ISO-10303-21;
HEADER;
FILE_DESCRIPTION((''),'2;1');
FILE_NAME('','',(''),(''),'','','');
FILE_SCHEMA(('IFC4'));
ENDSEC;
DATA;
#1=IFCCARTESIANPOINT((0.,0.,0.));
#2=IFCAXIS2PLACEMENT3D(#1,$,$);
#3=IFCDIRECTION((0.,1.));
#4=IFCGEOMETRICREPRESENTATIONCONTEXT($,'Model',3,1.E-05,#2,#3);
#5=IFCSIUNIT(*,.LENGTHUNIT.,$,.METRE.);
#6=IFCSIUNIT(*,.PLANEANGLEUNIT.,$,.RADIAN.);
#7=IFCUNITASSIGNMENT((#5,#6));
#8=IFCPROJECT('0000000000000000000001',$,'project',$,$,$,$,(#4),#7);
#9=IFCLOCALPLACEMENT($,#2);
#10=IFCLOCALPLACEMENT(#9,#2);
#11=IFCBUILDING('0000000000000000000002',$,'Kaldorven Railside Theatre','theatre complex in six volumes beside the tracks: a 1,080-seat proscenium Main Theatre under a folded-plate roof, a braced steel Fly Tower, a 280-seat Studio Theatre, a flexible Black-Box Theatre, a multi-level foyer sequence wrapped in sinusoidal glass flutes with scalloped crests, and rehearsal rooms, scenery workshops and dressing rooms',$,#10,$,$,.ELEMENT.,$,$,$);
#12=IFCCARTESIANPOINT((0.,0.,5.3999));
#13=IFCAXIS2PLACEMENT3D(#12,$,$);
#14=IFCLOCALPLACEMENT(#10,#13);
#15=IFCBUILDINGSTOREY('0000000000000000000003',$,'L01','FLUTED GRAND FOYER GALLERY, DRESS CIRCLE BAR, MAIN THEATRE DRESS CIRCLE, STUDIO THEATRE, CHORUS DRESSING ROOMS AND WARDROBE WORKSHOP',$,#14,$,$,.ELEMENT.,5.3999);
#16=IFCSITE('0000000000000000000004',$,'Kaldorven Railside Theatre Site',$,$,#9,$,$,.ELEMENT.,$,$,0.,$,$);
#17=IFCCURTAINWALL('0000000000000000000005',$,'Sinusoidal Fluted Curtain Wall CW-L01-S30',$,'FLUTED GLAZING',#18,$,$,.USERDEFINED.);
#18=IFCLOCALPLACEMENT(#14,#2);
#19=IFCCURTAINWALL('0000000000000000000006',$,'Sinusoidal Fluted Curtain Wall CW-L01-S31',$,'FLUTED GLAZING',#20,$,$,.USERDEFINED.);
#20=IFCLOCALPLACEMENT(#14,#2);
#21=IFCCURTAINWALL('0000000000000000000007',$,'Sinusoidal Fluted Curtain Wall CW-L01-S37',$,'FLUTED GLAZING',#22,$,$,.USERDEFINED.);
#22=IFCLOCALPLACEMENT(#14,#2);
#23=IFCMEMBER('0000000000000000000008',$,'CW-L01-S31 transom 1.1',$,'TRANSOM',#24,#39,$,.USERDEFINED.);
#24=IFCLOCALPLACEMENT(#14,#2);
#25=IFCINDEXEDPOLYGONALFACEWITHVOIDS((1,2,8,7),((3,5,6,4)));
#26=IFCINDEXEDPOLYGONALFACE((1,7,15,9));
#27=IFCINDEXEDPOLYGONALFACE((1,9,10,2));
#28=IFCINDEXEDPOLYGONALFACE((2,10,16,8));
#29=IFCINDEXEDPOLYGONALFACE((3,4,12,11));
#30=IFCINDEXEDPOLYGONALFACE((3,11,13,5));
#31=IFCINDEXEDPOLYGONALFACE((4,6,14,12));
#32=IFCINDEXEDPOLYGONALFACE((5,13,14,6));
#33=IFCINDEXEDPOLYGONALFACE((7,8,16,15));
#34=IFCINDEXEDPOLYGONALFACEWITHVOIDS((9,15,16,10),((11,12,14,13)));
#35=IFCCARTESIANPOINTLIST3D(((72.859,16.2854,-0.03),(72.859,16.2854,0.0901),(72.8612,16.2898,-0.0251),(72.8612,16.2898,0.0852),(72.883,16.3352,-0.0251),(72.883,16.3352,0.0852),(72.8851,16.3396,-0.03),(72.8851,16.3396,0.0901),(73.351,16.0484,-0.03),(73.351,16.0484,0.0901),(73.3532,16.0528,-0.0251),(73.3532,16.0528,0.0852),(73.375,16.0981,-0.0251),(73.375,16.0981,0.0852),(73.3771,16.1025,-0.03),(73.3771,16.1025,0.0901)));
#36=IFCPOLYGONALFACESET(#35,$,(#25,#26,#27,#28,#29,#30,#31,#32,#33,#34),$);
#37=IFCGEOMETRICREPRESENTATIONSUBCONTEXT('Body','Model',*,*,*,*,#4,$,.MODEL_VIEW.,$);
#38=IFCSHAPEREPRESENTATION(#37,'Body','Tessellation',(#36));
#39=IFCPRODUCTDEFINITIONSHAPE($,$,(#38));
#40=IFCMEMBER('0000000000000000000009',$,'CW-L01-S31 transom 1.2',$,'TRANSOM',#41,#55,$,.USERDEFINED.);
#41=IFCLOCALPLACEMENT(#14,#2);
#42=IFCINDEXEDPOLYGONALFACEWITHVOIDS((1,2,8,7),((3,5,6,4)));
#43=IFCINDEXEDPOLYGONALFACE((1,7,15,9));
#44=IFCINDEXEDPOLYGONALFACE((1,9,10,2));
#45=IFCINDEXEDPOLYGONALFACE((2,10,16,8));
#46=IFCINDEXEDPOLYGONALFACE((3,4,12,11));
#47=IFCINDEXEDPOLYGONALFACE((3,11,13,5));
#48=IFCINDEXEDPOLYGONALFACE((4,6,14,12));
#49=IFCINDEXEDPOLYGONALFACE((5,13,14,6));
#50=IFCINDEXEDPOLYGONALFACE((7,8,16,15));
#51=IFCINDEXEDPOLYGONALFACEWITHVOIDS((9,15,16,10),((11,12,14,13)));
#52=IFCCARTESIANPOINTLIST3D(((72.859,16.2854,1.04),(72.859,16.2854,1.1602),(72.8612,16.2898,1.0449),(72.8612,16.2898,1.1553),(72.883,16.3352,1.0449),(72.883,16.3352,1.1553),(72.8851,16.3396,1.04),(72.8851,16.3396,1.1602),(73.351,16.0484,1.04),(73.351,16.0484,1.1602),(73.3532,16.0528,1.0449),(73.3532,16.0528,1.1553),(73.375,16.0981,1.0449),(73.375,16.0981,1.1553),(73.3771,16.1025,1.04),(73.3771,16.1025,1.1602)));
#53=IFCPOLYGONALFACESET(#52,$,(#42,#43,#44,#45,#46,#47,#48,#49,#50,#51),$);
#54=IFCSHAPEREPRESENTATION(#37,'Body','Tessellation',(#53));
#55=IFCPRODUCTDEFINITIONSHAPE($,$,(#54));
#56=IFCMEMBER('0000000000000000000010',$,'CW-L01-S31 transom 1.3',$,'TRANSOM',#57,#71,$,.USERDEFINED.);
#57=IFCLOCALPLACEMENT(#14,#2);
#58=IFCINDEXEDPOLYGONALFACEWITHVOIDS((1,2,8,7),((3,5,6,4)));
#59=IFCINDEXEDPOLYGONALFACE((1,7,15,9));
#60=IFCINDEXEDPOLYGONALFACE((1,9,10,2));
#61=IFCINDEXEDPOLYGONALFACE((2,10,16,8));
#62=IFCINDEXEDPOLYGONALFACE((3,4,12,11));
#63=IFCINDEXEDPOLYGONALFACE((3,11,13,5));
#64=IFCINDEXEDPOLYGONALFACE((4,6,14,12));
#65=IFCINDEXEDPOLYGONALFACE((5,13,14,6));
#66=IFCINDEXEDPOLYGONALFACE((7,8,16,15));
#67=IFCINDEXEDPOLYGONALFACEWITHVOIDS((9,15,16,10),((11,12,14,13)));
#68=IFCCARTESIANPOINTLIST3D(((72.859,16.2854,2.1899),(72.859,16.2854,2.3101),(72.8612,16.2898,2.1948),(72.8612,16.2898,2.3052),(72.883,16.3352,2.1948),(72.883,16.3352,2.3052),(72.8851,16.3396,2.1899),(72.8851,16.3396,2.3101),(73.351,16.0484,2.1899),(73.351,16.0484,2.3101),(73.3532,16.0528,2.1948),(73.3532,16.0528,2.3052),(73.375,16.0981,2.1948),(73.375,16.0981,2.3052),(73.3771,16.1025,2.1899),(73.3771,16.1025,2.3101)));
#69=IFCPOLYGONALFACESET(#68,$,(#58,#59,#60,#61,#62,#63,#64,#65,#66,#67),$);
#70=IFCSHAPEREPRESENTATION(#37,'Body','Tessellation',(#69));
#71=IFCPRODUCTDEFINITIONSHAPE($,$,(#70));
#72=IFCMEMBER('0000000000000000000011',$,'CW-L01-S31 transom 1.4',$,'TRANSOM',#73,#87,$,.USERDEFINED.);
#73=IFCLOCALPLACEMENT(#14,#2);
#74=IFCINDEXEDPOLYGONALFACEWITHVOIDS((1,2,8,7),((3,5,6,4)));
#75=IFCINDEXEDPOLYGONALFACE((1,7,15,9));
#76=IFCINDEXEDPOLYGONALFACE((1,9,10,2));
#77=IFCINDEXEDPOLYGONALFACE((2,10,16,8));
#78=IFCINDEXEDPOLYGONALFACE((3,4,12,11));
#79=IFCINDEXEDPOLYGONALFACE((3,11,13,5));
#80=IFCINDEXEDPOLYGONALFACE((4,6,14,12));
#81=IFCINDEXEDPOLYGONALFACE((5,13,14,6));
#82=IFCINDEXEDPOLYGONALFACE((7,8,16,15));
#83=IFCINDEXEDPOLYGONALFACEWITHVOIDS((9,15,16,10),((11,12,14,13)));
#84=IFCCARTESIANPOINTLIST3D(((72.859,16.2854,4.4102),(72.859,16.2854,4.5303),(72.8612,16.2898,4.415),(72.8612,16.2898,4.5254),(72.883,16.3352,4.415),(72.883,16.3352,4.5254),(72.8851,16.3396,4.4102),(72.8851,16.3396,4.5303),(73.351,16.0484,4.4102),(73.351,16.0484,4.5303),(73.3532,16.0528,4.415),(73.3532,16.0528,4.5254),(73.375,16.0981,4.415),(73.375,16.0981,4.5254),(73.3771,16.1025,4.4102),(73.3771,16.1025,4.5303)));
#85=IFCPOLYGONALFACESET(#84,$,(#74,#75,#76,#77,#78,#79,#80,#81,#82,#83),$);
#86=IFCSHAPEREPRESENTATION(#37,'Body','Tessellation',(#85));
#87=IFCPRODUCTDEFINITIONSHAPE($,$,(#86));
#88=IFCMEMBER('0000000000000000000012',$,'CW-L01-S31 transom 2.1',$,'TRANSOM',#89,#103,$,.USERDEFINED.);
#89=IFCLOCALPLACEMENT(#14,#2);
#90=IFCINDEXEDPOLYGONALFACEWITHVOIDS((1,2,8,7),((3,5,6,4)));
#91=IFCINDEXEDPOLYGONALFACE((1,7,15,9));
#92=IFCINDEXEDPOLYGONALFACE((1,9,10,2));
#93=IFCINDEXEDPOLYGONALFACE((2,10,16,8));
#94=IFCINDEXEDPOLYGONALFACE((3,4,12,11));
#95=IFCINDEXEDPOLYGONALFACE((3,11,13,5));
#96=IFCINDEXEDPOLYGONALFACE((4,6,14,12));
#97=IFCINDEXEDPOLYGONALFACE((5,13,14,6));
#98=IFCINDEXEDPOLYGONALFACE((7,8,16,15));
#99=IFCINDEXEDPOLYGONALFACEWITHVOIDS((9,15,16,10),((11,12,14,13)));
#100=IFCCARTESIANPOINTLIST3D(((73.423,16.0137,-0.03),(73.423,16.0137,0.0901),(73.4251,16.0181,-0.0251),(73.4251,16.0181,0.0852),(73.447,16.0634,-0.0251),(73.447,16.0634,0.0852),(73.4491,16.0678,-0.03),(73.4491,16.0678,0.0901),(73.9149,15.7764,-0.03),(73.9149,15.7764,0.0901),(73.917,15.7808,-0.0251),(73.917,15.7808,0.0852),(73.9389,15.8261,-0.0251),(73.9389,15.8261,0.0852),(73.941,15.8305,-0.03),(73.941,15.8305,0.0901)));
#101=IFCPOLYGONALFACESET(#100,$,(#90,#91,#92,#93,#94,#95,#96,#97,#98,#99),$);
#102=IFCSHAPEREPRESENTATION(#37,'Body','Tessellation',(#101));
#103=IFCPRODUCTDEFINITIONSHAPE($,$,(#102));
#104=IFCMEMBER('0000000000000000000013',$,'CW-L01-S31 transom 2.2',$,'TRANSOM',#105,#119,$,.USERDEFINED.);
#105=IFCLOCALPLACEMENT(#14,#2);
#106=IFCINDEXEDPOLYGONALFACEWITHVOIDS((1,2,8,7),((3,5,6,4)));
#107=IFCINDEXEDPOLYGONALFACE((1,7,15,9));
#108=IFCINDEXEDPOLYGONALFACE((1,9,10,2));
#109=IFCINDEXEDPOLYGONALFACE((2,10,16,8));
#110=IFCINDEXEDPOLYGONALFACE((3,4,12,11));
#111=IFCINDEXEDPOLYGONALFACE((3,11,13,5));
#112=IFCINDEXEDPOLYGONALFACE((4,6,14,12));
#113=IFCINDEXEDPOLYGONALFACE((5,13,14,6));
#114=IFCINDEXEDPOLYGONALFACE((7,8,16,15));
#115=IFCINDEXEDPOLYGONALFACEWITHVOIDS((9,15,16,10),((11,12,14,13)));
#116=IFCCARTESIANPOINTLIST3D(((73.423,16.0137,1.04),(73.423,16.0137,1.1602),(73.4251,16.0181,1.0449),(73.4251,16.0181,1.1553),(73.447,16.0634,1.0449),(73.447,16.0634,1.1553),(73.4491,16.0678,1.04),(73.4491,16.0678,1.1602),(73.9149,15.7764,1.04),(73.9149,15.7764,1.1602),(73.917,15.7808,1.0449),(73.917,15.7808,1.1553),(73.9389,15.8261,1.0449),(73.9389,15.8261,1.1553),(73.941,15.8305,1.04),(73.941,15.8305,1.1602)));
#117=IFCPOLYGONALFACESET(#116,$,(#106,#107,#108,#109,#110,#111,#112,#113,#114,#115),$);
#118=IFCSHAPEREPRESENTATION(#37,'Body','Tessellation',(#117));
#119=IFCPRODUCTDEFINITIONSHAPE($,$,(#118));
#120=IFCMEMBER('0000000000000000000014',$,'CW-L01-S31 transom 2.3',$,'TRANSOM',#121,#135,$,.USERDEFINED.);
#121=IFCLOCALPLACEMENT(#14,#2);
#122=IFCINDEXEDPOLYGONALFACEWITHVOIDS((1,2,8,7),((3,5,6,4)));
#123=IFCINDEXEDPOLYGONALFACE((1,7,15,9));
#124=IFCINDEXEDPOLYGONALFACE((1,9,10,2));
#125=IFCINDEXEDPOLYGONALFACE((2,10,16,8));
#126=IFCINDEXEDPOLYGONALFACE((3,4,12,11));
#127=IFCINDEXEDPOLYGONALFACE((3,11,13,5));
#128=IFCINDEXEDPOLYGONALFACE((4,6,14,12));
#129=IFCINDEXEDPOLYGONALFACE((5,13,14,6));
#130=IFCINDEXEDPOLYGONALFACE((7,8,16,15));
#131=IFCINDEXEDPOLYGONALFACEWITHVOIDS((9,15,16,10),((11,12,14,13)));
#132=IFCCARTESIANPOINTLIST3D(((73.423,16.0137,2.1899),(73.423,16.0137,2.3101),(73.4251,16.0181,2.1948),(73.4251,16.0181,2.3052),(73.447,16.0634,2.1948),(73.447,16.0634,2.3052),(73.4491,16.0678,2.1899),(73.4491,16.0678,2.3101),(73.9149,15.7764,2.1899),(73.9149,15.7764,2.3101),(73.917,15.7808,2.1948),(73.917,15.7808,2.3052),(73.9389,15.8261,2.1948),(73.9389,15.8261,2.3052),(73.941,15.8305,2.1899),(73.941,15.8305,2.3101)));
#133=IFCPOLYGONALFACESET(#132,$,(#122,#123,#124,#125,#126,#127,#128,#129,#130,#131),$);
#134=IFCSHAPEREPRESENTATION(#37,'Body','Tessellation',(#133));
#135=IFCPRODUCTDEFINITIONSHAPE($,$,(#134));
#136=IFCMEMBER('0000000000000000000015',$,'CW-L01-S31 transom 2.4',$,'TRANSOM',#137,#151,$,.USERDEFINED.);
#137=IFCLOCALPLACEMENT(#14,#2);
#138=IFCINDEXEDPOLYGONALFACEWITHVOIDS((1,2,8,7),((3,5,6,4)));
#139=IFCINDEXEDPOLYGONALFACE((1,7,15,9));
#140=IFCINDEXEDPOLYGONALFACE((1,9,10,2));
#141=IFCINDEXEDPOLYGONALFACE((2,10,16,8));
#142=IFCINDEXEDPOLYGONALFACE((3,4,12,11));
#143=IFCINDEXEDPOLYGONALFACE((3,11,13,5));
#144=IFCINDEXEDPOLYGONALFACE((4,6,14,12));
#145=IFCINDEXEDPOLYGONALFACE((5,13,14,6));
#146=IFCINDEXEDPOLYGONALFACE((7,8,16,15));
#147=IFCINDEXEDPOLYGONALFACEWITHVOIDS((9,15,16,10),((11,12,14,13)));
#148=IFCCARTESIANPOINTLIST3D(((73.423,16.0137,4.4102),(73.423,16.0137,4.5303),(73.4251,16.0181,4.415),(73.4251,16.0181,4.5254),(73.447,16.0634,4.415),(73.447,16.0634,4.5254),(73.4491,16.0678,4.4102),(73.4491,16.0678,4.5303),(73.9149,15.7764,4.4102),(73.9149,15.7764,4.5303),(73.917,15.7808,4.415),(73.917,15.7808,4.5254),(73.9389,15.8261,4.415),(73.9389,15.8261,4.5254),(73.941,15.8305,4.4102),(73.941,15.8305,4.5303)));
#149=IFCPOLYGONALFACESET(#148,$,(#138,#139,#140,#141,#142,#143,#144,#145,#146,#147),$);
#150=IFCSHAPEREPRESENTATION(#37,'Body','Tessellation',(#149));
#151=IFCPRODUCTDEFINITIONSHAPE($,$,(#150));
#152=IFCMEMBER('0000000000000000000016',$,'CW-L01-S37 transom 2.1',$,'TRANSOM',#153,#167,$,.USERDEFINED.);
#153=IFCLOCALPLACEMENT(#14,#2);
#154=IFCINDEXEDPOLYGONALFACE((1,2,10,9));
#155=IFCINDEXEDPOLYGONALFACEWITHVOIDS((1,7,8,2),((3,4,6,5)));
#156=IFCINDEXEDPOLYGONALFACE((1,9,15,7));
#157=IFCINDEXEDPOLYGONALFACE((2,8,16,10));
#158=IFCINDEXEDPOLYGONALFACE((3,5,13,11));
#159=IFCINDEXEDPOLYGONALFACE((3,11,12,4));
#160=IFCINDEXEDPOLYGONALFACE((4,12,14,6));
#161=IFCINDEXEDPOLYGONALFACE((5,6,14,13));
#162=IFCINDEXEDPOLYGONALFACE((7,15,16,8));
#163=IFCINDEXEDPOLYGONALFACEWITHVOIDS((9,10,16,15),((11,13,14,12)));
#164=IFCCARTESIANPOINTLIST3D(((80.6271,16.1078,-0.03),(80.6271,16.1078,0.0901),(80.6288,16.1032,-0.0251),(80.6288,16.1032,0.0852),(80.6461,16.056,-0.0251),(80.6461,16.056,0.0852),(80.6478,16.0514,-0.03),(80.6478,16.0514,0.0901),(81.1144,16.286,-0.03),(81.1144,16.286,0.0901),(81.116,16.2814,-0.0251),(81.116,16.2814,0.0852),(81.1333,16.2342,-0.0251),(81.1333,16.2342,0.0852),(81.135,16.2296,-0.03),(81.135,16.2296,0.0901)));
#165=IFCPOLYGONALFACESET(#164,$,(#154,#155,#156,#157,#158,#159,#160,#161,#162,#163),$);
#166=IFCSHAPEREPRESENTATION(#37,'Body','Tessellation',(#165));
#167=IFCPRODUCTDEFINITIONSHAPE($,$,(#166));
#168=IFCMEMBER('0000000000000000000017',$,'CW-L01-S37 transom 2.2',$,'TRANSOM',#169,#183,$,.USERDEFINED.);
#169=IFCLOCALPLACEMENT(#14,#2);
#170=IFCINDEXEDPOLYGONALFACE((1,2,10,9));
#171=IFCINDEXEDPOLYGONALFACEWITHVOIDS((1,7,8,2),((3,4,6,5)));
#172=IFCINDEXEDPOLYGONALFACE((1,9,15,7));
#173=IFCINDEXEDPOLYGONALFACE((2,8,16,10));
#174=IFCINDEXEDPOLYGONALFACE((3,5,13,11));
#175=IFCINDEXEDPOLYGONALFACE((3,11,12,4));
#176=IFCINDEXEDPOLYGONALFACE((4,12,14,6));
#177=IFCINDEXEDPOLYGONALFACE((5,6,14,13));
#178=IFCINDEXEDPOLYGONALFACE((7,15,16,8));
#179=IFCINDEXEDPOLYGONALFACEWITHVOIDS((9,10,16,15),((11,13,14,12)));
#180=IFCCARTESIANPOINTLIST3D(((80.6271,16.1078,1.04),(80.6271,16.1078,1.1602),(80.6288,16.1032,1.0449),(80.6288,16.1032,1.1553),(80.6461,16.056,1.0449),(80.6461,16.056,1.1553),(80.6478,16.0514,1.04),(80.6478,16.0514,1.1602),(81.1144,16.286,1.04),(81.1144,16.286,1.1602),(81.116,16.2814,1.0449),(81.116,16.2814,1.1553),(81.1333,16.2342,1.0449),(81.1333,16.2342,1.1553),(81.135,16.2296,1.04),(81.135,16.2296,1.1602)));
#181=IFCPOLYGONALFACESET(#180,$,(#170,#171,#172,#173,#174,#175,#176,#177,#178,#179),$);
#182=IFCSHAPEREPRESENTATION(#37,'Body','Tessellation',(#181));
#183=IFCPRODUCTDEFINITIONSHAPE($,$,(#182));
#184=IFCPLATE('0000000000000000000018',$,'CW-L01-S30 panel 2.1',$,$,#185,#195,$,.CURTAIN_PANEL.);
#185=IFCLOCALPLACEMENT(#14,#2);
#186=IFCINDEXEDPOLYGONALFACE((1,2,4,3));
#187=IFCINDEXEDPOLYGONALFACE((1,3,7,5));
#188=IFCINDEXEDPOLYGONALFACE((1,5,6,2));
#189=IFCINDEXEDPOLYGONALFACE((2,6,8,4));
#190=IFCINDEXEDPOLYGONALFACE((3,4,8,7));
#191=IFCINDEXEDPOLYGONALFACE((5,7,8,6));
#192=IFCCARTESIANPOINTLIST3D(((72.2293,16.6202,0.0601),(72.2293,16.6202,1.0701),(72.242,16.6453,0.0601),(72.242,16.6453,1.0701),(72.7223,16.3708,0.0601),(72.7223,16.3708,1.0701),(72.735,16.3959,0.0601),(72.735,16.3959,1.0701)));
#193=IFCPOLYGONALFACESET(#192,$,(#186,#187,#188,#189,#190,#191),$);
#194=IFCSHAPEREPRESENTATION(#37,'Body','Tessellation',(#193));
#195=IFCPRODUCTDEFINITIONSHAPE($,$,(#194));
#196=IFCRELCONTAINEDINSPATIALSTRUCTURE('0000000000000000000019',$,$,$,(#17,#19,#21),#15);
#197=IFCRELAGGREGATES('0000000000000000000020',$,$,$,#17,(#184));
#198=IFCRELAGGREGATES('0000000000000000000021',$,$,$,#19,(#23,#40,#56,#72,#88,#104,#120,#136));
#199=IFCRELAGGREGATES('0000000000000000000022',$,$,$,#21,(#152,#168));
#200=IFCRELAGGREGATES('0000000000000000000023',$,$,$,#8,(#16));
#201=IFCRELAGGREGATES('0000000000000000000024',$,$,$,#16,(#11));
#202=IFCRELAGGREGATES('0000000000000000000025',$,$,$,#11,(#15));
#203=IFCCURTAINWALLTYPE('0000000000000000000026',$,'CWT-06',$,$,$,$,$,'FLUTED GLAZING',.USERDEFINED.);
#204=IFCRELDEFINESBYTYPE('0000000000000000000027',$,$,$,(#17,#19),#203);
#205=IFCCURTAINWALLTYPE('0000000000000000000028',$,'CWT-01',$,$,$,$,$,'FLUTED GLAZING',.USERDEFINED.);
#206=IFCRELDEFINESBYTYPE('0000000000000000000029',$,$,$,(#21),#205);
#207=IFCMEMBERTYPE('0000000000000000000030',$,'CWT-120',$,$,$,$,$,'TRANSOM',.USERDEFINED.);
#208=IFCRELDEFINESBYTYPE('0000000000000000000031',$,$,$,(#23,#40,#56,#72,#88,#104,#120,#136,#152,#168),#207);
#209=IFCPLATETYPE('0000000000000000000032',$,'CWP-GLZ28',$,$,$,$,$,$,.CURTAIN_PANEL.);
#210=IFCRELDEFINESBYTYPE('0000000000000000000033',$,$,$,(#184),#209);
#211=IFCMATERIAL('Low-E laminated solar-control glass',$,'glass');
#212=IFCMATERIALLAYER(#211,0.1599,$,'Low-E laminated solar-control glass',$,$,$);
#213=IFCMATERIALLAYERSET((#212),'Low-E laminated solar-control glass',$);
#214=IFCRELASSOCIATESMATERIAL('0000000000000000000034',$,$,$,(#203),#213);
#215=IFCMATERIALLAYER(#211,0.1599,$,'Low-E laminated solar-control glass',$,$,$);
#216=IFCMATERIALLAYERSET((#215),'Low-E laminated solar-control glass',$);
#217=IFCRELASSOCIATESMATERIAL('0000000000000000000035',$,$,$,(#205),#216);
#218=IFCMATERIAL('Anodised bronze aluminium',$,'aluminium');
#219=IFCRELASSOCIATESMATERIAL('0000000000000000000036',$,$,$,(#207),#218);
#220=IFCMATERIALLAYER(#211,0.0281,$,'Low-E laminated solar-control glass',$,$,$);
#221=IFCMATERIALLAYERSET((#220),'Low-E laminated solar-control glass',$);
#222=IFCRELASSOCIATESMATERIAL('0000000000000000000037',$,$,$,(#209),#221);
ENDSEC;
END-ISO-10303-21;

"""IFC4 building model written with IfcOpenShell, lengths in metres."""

from ifc_helpers import new_model, si_unit, direction, frame, origin, origin_2d, place, context, subcontext, project, spatial, rectangle, hollow_rectangle, extrude, material, layer, layer_set, material_profile, profile_set, type_object, element, aggregate, save


model = new_model("IFC4")

# Units and contexts
model_context = context("Model", 3, precision=1e-05, world=origin(), true_north=direction((0.0, 1.0)))
body_context = subcontext(model_context, "Body", "Model", "MODEL_VIEW")
ifc_project = project(units=[si_unit("LENGTHUNIT", "METRE"), si_unit("PLANEANGLEUNIT", "RADIAN")], contexts=[model_context])

# Site, building, storey
site_placement = place(None, origin())
site = spatial("IfcSite", under=ifc_project, at=site_placement, Name="Kaldorven Railside Theatre Site", CompositionType="ELEMENT", RefElevation=0.0)
building_placement = place(site_placement, origin())
building = spatial("IfcBuilding", under=site, at=building_placement, Name="Kaldorven Railside Theatre", Description="theatre complex in six volumes beside the tracks: a 1,080-seat proscenium Main Theatre under a folded-plate roof, a braced steel Fly Tower, a 280-seat Studio Theatre, a flexible Black-Box Theatre, a multi-level foyer sequence wrapped in sinusoidal glass flutes with scalloped crests, and rehearsal rooms, scenery workshops and dressing rooms", CompositionType="ELEMENT")
storey_placement = place(building_placement, frame((0.0, 0.0, 5.3999)))
storey = spatial("IfcBuildingStorey", under=building, at=storey_placement, Name="L01", Description="FLUTED GRAND FOYER GALLERY, DRESS CIRCLE BAR, MAIN THEATRE DRESS CIRCLE, STUDIO THEATRE, CHORUS DRESSING ROOMS AND WARDROBE WORKSHOP", CompositionType="ELEMENT", Elevation=5.3999)

# Curtain wall
ifc_material_1 = material(Name="Low-E laminated solar-control glass", Category="glass")
ifc_layer_1 = layer(ifc_material_1, 0.1599, Name="Low-E laminated solar-control glass")
ifc_layer_set_1 = layer_set([ifc_layer_1], Name="Low-E laminated solar-control glass")
curtain_wall_type_1 = type_object("IfcCurtainWallType", Name="CWT-06", ElementType="FLUTED GLAZING", PredefinedType="USERDEFINED", material=ifc_layer_set_1)
curtain_wall_1_placement = place(storey_placement, origin())
curtain_wall_1 = element("IfcCurtainWall", 1, at=curtain_wall_1_placement, inside=storey, type_object=curtain_wall_type_1, Name="Sinusoidal Fluted Curtain Wall CW-L01-S30", ObjectType="FLUTED GLAZING", PredefinedType="USERDEFINED")
ifc_material_2 = material(Name="Anodised bronze aluminium", Category="aluminium")

# Curtain wall
curtain_wall_2_placement = place(storey_placement, origin())
curtain_wall_2 = element("IfcCurtainWall", 2, at=curtain_wall_2_placement, inside=storey, type_object=curtain_wall_type_1, Name="Sinusoidal Fluted Curtain Wall CW-L01-S31", ObjectType="FLUTED GLAZING", PredefinedType="USERDEFINED")

# Curtain wall
ifc_layer_2 = layer(ifc_material_1, 0.1599, Name="Low-E laminated solar-control glass")
ifc_layer_set_2 = layer_set([ifc_layer_2], Name="Low-E laminated solar-control glass")
curtain_wall_type_2 = type_object("IfcCurtainWallType", Name="CWT-01", ElementType="FLUTED GLAZING", PredefinedType="USERDEFINED", material=ifc_layer_set_2)
curtain_wall_3_placement = place(storey_placement, origin())
curtain_wall_3 = element("IfcCurtainWall", 3, at=curtain_wall_3_placement, inside=storey, type_object=curtain_wall_type_2, Name="Sinusoidal Fluted Curtain Wall CW-L01-S37", ObjectType="FLUTED GLAZING", PredefinedType="USERDEFINED")

# Members
ifc_material_profile_1 = material_profile(ifc_material_2, hollow_rectangle(XDim=0.0601, YDim=0.1201, WallThickness=0.0049, at=origin_2d()), Name="RHS 120x60x5")
ifc_profile_set_1 = profile_set([ifc_material_profile_1], Name="Anodised bronze aluminium")
member_type_1 = type_object("IfcMemberType", Name="CWT-120", ElementType="TRANSOM", PredefinedType="USERDEFINED", material=ifc_profile_set_1)
member_1_placement = place(storey_placement, frame((72.8721, 16.3125, 0.03), z_axis=(0.900859, -0.434111, 0.0), x_axis=(0.434111, 0.900859, 0.0)))
member_1 = element("IfcMember", 4, at=member_1_placement, type_object=member_type_1, Name="CW-L01-S31 transom 1.1", ObjectType="TRANSOM", PredefinedType="USERDEFINED", context=body_context, shape_type="SweptSolid", body=[
    extrude(hollow_rectangle(XDim=0.0601, YDim=0.1201, WallThickness=0.0049, at=origin_2d()), origin(), (0.0, 0.0, 1.0), 0.5461),
])
member_2_placement = place(storey_placement, frame((72.8721, 16.3125, 1.1001), z_axis=(0.900859, -0.434111, 0.0), x_axis=(0.434111, 0.900859, 0.0)))
member_2 = element("IfcMember", 5, at=member_2_placement, type_object=member_type_1, Name="CW-L01-S31 transom 1.2", ObjectType="TRANSOM", PredefinedType="USERDEFINED", context=body_context, shape_type="SweptSolid", body=[
    extrude(hollow_rectangle(XDim=0.0601, YDim=0.1201, WallThickness=0.0049, at=origin_2d()), origin(), (0.0, 0.0, 1.0), 0.5461),
])
member_3_placement = place(storey_placement, frame((72.8721, 16.3125, 2.25), z_axis=(0.900859, -0.434111, 0.0), x_axis=(0.434111, 0.900859, 0.0)))
member_3 = element("IfcMember", 6, at=member_3_placement, type_object=member_type_1, Name="CW-L01-S31 transom 1.3", ObjectType="TRANSOM", PredefinedType="USERDEFINED", context=body_context, shape_type="SweptSolid", body=[
    extrude(hollow_rectangle(XDim=0.0601, YDim=0.1201, WallThickness=0.0049, at=origin_2d()), origin(), (0.0, 0.0, 1.0), 0.5461),
])
member_4_placement = place(storey_placement, frame((72.8721, 16.3125, 4.4702), z_axis=(0.900859, -0.434111, 0.0), x_axis=(0.434111, 0.900859, 0.0)))
member_4 = element("IfcMember", 7, at=member_4_placement, type_object=member_type_1, Name="CW-L01-S31 transom 1.4", ObjectType="TRANSOM", PredefinedType="USERDEFINED", context=body_context, shape_type="SweptSolid", body=[
    extrude(hollow_rectangle(XDim=0.0601, YDim=0.1201, WallThickness=0.0049, at=origin_2d()), origin(), (0.0, 0.0, 1.0), 0.5461),
])
member_5_placement = place(storey_placement, frame((73.436, 16.0408, 0.03), z_axis=(0.900684, -0.434474, 0.0), x_axis=(0.434474, 0.900684, 0.0)))
member_5 = element("IfcMember", 8, at=member_5_placement, type_object=member_type_1, Name="CW-L01-S31 transom 2.1", ObjectType="TRANSOM", PredefinedType="USERDEFINED", context=body_context, shape_type="SweptSolid", body=[
    extrude(hollow_rectangle(XDim=0.0601, YDim=0.1201, WallThickness=0.0049, at=origin_2d()), origin(), (0.0, 0.0, 1.0), 0.5461),
])
member_6_placement = place(storey_placement, frame((73.436, 16.0408, 1.1001), z_axis=(0.900684, -0.434474, 0.0), x_axis=(0.434474, 0.900684, 0.0)))
member_6 = element("IfcMember", 9, at=member_6_placement, type_object=member_type_1, Name="CW-L01-S31 transom 2.2", ObjectType="TRANSOM", PredefinedType="USERDEFINED", context=body_context, shape_type="SweptSolid", body=[
    extrude(hollow_rectangle(XDim=0.0601, YDim=0.1201, WallThickness=0.0049, at=origin_2d()), origin(), (0.0, 0.0, 1.0), 0.5461),
])
member_7_placement = place(storey_placement, frame((73.436, 16.0408, 2.25), z_axis=(0.900684, -0.434474, 0.0), x_axis=(0.434474, 0.900684, 0.0)))
member_7 = element("IfcMember", 10, at=member_7_placement, type_object=member_type_1, Name="CW-L01-S31 transom 2.3", ObjectType="TRANSOM", PredefinedType="USERDEFINED", context=body_context, shape_type="SweptSolid", body=[
    extrude(hollow_rectangle(XDim=0.0601, YDim=0.1201, WallThickness=0.0049, at=origin_2d()), origin(), (0.0, 0.0, 1.0), 0.5461),
])
member_8_placement = place(storey_placement, frame((73.436, 16.0408, 4.4702), z_axis=(0.900684, -0.434474, 0.0), x_axis=(0.434474, 0.900684, 0.0)))
member_8 = element("IfcMember", 11, at=member_8_placement, type_object=member_type_1, Name="CW-L01-S31 transom 2.4", ObjectType="TRANSOM", PredefinedType="USERDEFINED", context=body_context, shape_type="SweptSolid", body=[
    extrude(hollow_rectangle(XDim=0.0601, YDim=0.1201, WallThickness=0.0049, at=origin_2d()), origin(), (0.0, 0.0, 1.0), 0.5461),
])
member_9_placement = place(storey_placement, frame((80.6375, 16.0796, 0.03), z_axis=(0.93916, 0.34348, 0.0), x_axis=(-0.34348, 0.93916, 0.0)))
member_9 = element("IfcMember", 12, at=member_9_placement, type_object=member_type_1, Name="CW-L01-S37 transom 2.1", ObjectType="TRANSOM", PredefinedType="USERDEFINED", context=body_context, shape_type="SweptSolid", body=[
    extrude(hollow_rectangle(XDim=0.0601, YDim=0.1201, WallThickness=0.0049, at=origin_2d()), origin(), (0.0, 0.0, 1.0), 0.5188),
])
member_10_placement = place(storey_placement, frame((80.6375, 16.0796, 1.1001), z_axis=(0.93916, 0.34348, 0.0), x_axis=(-0.34348, 0.93916, 0.0)))
member_10 = element("IfcMember", 13, at=member_10_placement, type_object=member_type_1, Name="CW-L01-S37 transom 2.2", ObjectType="TRANSOM", PredefinedType="USERDEFINED", context=body_context, shape_type="SweptSolid", body=[
    extrude(hollow_rectangle(XDim=0.0601, YDim=0.1201, WallThickness=0.0049, at=origin_2d()), origin(), (0.0, 0.0, 1.0), 0.5188),
])

# Plate
ifc_layer_3 = layer(ifc_material_1, 0.0281, Name="Low-E laminated solar-control glass")
ifc_layer_set_3 = layer_set([ifc_layer_3], Name="Low-E laminated solar-control glass")
plate_type = type_object("IfcPlateType", Name="CWP-GLZ28", PredefinedType="CURTAIN_PANEL", material=ifc_layer_set_3)
plate_1_placement = place(storey_placement, frame((72.4822, 16.5081, 0.0601), z_axis=(0.0, 0.0, 1.0), x_axis=(0.892305, -0.451432, 0.0)))
plate_1 = element("IfcPlate", 14, at=plate_1_placement, type_object=plate_type, Name="CW-L01-S30 panel 2.1", PredefinedType="CURTAIN_PANEL", context=body_context, shape_type="SweptSolid", body=[
    extrude(rectangle(XDim=0.5525, YDim=0.0281, at=origin_2d()), origin(), (0.0, 0.0, 1.0), 1.01),
])
aggregate(curtain_wall_1, [plate_1])
aggregate(curtain_wall_2, [member_1, member_2, member_3, member_4, member_5, member_6, member_7, member_8])
aggregate(curtain_wall_3, [member_9, member_10])

save(model, "model.ifc")
